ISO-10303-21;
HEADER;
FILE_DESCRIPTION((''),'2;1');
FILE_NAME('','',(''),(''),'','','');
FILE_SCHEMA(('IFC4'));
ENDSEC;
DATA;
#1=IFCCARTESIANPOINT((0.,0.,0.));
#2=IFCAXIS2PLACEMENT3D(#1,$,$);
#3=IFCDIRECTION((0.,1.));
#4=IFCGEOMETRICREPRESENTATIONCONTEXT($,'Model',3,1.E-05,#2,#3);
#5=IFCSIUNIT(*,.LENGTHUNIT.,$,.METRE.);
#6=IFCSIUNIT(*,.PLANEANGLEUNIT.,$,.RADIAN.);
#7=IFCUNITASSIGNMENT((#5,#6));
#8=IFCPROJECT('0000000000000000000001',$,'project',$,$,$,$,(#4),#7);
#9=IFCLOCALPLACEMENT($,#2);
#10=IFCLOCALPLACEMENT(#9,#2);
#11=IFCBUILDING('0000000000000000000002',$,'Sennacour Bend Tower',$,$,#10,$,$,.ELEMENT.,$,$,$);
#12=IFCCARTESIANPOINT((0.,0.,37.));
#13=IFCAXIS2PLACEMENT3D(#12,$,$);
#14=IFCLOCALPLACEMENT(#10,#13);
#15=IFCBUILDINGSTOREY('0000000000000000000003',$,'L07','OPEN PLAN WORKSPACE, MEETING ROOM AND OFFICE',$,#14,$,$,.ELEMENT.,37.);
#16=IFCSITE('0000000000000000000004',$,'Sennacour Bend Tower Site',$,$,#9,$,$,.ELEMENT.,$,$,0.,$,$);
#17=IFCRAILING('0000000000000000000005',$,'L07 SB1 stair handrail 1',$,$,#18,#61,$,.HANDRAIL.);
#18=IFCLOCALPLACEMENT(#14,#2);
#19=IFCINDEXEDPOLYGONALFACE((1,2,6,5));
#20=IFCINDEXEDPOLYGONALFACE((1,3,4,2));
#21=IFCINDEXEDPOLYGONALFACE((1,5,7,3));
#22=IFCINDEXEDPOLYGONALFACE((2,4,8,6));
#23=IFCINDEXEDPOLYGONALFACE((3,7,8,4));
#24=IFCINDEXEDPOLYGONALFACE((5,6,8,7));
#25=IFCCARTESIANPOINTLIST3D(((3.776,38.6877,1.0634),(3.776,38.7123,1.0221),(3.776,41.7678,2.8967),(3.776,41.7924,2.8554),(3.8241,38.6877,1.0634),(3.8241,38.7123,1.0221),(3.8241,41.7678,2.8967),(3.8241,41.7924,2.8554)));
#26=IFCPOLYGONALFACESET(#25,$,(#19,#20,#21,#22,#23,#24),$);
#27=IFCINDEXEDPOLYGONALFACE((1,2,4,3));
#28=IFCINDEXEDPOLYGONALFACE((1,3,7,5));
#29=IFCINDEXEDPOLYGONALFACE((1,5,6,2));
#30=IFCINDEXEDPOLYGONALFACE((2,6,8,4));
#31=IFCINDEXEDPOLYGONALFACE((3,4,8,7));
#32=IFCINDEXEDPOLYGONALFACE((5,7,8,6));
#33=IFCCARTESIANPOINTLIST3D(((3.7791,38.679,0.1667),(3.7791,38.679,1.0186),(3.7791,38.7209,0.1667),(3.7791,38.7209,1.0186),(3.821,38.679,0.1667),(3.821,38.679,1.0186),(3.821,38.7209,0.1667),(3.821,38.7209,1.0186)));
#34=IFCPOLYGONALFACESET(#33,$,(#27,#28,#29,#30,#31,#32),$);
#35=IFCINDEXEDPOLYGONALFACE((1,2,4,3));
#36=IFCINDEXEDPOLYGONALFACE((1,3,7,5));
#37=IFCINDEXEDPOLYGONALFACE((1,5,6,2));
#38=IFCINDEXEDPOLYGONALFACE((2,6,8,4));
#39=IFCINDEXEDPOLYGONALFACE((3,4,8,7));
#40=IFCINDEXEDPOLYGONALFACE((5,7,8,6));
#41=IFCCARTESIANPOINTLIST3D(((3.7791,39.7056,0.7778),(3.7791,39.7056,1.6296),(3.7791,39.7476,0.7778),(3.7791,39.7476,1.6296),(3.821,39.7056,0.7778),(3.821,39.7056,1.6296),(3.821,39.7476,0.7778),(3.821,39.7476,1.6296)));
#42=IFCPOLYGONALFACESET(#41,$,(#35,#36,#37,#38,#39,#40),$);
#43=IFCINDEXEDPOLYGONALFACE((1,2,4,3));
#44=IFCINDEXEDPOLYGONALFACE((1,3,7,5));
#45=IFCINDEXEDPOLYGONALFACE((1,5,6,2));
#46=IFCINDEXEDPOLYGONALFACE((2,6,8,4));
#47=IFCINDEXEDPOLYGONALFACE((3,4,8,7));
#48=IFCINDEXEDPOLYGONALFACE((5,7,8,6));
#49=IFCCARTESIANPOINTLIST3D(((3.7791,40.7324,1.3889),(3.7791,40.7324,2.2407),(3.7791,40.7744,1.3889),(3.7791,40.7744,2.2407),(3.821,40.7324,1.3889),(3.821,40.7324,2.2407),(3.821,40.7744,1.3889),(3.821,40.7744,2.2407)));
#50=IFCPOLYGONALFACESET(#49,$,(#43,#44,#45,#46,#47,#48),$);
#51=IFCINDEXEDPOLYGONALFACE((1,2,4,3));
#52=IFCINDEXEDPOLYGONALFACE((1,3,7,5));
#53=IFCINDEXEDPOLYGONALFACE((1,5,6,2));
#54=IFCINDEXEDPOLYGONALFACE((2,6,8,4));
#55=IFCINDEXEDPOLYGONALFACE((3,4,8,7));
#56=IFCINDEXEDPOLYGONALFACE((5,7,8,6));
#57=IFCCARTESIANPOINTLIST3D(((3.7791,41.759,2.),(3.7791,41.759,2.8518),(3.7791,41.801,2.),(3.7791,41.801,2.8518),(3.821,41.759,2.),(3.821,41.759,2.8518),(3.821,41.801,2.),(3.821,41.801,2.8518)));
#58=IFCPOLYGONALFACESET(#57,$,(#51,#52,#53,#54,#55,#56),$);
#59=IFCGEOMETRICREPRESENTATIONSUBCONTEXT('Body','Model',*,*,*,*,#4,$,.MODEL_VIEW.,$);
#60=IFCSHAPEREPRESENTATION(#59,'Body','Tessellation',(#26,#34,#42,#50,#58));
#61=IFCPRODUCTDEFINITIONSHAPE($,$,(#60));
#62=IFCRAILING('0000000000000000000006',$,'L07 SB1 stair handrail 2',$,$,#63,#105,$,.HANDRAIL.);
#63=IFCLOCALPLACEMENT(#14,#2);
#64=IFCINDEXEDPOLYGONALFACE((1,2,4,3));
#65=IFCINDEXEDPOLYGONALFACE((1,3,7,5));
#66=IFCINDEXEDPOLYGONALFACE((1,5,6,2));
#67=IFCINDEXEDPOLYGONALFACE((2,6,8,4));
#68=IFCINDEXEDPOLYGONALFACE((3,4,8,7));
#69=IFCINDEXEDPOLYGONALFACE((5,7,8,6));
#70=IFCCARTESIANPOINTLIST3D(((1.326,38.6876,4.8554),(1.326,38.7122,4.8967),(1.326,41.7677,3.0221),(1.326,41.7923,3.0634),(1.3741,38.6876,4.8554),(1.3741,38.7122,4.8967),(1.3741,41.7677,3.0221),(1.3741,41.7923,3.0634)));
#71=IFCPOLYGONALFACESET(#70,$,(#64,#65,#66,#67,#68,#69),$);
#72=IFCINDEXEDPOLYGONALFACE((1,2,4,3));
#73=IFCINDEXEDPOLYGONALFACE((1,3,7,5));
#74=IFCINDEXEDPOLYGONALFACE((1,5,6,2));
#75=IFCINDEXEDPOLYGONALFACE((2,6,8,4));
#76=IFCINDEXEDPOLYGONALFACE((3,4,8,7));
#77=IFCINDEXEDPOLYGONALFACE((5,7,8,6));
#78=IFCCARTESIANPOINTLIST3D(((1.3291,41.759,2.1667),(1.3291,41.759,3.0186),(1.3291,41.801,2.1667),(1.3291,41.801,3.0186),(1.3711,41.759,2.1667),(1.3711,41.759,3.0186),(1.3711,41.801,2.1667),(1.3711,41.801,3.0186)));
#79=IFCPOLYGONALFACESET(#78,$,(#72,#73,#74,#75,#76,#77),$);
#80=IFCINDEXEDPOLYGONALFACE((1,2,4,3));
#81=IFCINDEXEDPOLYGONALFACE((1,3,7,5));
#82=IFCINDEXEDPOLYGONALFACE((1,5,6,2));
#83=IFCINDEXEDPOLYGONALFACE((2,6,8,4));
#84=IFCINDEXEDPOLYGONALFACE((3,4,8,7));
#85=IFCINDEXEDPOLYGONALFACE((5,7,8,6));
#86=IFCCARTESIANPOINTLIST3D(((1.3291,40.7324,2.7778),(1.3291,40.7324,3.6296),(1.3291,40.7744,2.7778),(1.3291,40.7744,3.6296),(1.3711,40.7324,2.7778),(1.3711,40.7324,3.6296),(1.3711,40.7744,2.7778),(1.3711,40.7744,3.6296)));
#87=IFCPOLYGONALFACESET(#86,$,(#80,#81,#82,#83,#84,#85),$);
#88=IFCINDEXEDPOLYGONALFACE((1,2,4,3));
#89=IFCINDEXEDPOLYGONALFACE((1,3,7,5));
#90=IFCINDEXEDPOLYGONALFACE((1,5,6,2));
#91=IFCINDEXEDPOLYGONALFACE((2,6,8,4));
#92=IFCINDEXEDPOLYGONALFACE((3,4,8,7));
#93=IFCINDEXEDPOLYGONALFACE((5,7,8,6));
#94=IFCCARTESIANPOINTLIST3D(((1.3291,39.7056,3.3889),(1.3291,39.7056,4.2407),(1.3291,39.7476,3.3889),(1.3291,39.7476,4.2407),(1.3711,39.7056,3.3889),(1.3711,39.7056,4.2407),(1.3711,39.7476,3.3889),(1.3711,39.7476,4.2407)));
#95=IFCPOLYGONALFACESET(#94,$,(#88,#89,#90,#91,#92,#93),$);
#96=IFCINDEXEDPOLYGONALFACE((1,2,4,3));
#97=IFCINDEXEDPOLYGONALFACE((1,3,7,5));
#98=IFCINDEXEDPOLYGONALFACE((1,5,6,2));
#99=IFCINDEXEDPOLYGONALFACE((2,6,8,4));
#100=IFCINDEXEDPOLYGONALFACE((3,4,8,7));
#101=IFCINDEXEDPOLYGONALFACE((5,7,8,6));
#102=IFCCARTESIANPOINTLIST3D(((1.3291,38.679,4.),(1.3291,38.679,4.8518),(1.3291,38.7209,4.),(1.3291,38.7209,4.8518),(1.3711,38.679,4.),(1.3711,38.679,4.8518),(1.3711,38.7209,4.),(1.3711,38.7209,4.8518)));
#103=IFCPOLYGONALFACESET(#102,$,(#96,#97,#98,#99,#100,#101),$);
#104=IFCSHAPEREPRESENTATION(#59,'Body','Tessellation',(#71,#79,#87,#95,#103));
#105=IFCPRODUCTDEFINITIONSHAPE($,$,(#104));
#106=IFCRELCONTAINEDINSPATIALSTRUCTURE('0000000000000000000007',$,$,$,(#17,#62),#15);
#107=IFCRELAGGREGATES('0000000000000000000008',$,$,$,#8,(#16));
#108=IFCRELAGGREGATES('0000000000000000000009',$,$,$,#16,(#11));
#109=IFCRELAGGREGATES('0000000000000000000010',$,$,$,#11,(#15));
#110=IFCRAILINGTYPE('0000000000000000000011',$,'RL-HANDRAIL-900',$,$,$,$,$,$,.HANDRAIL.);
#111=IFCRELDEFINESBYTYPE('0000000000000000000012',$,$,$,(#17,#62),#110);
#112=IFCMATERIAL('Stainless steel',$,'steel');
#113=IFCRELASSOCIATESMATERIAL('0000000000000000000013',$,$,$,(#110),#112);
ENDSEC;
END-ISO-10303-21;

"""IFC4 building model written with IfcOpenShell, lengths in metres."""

from ifc_helpers import new_model, si_unit, direction, frame, origin, origin_2d, place, context, subcontext, project, spatial, rectangle, extrude, material, type_object, element, save


model = new_model("IFC4")

# Units and contexts
model_context = context("Model", 3, precision=1e-05, world=origin(), true_north=direction((0.0, 1.0)))
body_context = subcontext(model_context, "Body", "Model", "MODEL_VIEW")
ifc_project = project(units=[si_unit("LENGTHUNIT", "METRE"), si_unit("PLANEANGLEUNIT", "RADIAN")], contexts=[model_context])

# Site, building, storey
site_placement = place(None, origin())
site = spatial("IfcSite", under=ifc_project, at=site_placement, Name="Sennacour Bend Tower Site", CompositionType="ELEMENT", RefElevation=0.0)
building_placement = place(site_placement, origin())
building = spatial("IfcBuilding", under=site, at=building_placement, Name="Sennacour Bend Tower", CompositionType="ELEMENT")
storey_placement = place(building_placement, frame((0.0, 0.0, 37.0)))
storey = spatial("IfcBuildingStorey", under=building, at=storey_placement, Name="L07", Description="OPEN PLAN WORKSPACE, MEETING ROOM AND OFFICE", CompositionType="ELEMENT", Elevation=37.0)

# Shared definitions
ifc_material_1 = material(Name="Stainless steel", Category="steel")

# Railings
railing_type_1 = type_object("IfcRailingType", Name="RL-HANDRAIL-900", PredefinedType="HANDRAIL", material=ifc_material_1)
railing_1_placement = place(storey_placement, frame((3.8, 38.7, 0.1667)))
element("IfcRailing", 1, at=railing_1_placement, inside=storey, type_object=railing_type_1, Name="L07 SB1 stair handrail 1", PredefinedType="HANDRAIL", context=body_context, shape_type="SweptSolid", body=[
    extrude(rectangle(XDim=0.0481, YDim=0.0481, at=origin_2d()), frame((0.0, 0.0, 0.876), z_axis=(0.0, 0.859309, 0.511458), x_axis=(-1.0, 0.0, 0.0)), (0.0, 0.0, 1.0), 3.5845),
    extrude(rectangle(XDim=0.042, YDim=0.042, at=origin_2d()), origin(), (0.0, 0.0, 1.0), 0.8518),
    extrude(rectangle(XDim=0.042, YDim=0.042, at=origin_2d()), frame((0.0, 1.0266, 0.6111)), (0.0, 0.0, 1.0), 0.8518),
    extrude(rectangle(XDim=0.042, YDim=0.042, at=origin_2d()), frame((0.0, 2.0535, 1.2222)), (0.0, 0.0, 1.0), 0.8518),
    extrude(rectangle(XDim=0.042, YDim=0.042, at=origin_2d()), frame((0.0, 3.0801, 1.8333)), (0.0, 0.0, 1.0), 0.8518),
])
railing_2_placement = place(storey_placement, frame((1.3501, 41.78, 2.1667)))
element("IfcRailing", 2, at=railing_2_placement, inside=storey, type_object=railing_type_1, Name="L07 SB1 stair handrail 2", PredefinedType="HANDRAIL", context=body_context, shape_type="SweptSolid", body=[
    extrude(rectangle(XDim=0.0481, YDim=0.0481, at=origin_2d()), frame((0.0, 0.0, 0.876), z_axis=(0.0, -0.859309, 0.511458), x_axis=(1.0, 0.0, 0.0)), (0.0, 0.0, 1.0), 3.5845),
    extrude(rectangle(XDim=0.042, YDim=0.042, at=origin_2d()), origin(), (0.0, 0.0, 1.0), 0.8518),
    extrude(rectangle(XDim=0.042, YDim=0.042, at=origin_2d()), frame((0.0, -1.0266, 0.6111)), (0.0, 0.0, 1.0), 0.8518),
    extrude(rectangle(XDim=0.042, YDim=0.042, at=origin_2d()), frame((0.0, -2.0535, 1.2222)), (0.0, 0.0, 1.0), 0.8518),
    extrude(rectangle(XDim=0.042, YDim=0.042, at=origin_2d()), frame((0.0, -3.0801, 1.8333)), (0.0, 0.0, 1.0), 0.8518),
])

save(model, "model.ifc")
